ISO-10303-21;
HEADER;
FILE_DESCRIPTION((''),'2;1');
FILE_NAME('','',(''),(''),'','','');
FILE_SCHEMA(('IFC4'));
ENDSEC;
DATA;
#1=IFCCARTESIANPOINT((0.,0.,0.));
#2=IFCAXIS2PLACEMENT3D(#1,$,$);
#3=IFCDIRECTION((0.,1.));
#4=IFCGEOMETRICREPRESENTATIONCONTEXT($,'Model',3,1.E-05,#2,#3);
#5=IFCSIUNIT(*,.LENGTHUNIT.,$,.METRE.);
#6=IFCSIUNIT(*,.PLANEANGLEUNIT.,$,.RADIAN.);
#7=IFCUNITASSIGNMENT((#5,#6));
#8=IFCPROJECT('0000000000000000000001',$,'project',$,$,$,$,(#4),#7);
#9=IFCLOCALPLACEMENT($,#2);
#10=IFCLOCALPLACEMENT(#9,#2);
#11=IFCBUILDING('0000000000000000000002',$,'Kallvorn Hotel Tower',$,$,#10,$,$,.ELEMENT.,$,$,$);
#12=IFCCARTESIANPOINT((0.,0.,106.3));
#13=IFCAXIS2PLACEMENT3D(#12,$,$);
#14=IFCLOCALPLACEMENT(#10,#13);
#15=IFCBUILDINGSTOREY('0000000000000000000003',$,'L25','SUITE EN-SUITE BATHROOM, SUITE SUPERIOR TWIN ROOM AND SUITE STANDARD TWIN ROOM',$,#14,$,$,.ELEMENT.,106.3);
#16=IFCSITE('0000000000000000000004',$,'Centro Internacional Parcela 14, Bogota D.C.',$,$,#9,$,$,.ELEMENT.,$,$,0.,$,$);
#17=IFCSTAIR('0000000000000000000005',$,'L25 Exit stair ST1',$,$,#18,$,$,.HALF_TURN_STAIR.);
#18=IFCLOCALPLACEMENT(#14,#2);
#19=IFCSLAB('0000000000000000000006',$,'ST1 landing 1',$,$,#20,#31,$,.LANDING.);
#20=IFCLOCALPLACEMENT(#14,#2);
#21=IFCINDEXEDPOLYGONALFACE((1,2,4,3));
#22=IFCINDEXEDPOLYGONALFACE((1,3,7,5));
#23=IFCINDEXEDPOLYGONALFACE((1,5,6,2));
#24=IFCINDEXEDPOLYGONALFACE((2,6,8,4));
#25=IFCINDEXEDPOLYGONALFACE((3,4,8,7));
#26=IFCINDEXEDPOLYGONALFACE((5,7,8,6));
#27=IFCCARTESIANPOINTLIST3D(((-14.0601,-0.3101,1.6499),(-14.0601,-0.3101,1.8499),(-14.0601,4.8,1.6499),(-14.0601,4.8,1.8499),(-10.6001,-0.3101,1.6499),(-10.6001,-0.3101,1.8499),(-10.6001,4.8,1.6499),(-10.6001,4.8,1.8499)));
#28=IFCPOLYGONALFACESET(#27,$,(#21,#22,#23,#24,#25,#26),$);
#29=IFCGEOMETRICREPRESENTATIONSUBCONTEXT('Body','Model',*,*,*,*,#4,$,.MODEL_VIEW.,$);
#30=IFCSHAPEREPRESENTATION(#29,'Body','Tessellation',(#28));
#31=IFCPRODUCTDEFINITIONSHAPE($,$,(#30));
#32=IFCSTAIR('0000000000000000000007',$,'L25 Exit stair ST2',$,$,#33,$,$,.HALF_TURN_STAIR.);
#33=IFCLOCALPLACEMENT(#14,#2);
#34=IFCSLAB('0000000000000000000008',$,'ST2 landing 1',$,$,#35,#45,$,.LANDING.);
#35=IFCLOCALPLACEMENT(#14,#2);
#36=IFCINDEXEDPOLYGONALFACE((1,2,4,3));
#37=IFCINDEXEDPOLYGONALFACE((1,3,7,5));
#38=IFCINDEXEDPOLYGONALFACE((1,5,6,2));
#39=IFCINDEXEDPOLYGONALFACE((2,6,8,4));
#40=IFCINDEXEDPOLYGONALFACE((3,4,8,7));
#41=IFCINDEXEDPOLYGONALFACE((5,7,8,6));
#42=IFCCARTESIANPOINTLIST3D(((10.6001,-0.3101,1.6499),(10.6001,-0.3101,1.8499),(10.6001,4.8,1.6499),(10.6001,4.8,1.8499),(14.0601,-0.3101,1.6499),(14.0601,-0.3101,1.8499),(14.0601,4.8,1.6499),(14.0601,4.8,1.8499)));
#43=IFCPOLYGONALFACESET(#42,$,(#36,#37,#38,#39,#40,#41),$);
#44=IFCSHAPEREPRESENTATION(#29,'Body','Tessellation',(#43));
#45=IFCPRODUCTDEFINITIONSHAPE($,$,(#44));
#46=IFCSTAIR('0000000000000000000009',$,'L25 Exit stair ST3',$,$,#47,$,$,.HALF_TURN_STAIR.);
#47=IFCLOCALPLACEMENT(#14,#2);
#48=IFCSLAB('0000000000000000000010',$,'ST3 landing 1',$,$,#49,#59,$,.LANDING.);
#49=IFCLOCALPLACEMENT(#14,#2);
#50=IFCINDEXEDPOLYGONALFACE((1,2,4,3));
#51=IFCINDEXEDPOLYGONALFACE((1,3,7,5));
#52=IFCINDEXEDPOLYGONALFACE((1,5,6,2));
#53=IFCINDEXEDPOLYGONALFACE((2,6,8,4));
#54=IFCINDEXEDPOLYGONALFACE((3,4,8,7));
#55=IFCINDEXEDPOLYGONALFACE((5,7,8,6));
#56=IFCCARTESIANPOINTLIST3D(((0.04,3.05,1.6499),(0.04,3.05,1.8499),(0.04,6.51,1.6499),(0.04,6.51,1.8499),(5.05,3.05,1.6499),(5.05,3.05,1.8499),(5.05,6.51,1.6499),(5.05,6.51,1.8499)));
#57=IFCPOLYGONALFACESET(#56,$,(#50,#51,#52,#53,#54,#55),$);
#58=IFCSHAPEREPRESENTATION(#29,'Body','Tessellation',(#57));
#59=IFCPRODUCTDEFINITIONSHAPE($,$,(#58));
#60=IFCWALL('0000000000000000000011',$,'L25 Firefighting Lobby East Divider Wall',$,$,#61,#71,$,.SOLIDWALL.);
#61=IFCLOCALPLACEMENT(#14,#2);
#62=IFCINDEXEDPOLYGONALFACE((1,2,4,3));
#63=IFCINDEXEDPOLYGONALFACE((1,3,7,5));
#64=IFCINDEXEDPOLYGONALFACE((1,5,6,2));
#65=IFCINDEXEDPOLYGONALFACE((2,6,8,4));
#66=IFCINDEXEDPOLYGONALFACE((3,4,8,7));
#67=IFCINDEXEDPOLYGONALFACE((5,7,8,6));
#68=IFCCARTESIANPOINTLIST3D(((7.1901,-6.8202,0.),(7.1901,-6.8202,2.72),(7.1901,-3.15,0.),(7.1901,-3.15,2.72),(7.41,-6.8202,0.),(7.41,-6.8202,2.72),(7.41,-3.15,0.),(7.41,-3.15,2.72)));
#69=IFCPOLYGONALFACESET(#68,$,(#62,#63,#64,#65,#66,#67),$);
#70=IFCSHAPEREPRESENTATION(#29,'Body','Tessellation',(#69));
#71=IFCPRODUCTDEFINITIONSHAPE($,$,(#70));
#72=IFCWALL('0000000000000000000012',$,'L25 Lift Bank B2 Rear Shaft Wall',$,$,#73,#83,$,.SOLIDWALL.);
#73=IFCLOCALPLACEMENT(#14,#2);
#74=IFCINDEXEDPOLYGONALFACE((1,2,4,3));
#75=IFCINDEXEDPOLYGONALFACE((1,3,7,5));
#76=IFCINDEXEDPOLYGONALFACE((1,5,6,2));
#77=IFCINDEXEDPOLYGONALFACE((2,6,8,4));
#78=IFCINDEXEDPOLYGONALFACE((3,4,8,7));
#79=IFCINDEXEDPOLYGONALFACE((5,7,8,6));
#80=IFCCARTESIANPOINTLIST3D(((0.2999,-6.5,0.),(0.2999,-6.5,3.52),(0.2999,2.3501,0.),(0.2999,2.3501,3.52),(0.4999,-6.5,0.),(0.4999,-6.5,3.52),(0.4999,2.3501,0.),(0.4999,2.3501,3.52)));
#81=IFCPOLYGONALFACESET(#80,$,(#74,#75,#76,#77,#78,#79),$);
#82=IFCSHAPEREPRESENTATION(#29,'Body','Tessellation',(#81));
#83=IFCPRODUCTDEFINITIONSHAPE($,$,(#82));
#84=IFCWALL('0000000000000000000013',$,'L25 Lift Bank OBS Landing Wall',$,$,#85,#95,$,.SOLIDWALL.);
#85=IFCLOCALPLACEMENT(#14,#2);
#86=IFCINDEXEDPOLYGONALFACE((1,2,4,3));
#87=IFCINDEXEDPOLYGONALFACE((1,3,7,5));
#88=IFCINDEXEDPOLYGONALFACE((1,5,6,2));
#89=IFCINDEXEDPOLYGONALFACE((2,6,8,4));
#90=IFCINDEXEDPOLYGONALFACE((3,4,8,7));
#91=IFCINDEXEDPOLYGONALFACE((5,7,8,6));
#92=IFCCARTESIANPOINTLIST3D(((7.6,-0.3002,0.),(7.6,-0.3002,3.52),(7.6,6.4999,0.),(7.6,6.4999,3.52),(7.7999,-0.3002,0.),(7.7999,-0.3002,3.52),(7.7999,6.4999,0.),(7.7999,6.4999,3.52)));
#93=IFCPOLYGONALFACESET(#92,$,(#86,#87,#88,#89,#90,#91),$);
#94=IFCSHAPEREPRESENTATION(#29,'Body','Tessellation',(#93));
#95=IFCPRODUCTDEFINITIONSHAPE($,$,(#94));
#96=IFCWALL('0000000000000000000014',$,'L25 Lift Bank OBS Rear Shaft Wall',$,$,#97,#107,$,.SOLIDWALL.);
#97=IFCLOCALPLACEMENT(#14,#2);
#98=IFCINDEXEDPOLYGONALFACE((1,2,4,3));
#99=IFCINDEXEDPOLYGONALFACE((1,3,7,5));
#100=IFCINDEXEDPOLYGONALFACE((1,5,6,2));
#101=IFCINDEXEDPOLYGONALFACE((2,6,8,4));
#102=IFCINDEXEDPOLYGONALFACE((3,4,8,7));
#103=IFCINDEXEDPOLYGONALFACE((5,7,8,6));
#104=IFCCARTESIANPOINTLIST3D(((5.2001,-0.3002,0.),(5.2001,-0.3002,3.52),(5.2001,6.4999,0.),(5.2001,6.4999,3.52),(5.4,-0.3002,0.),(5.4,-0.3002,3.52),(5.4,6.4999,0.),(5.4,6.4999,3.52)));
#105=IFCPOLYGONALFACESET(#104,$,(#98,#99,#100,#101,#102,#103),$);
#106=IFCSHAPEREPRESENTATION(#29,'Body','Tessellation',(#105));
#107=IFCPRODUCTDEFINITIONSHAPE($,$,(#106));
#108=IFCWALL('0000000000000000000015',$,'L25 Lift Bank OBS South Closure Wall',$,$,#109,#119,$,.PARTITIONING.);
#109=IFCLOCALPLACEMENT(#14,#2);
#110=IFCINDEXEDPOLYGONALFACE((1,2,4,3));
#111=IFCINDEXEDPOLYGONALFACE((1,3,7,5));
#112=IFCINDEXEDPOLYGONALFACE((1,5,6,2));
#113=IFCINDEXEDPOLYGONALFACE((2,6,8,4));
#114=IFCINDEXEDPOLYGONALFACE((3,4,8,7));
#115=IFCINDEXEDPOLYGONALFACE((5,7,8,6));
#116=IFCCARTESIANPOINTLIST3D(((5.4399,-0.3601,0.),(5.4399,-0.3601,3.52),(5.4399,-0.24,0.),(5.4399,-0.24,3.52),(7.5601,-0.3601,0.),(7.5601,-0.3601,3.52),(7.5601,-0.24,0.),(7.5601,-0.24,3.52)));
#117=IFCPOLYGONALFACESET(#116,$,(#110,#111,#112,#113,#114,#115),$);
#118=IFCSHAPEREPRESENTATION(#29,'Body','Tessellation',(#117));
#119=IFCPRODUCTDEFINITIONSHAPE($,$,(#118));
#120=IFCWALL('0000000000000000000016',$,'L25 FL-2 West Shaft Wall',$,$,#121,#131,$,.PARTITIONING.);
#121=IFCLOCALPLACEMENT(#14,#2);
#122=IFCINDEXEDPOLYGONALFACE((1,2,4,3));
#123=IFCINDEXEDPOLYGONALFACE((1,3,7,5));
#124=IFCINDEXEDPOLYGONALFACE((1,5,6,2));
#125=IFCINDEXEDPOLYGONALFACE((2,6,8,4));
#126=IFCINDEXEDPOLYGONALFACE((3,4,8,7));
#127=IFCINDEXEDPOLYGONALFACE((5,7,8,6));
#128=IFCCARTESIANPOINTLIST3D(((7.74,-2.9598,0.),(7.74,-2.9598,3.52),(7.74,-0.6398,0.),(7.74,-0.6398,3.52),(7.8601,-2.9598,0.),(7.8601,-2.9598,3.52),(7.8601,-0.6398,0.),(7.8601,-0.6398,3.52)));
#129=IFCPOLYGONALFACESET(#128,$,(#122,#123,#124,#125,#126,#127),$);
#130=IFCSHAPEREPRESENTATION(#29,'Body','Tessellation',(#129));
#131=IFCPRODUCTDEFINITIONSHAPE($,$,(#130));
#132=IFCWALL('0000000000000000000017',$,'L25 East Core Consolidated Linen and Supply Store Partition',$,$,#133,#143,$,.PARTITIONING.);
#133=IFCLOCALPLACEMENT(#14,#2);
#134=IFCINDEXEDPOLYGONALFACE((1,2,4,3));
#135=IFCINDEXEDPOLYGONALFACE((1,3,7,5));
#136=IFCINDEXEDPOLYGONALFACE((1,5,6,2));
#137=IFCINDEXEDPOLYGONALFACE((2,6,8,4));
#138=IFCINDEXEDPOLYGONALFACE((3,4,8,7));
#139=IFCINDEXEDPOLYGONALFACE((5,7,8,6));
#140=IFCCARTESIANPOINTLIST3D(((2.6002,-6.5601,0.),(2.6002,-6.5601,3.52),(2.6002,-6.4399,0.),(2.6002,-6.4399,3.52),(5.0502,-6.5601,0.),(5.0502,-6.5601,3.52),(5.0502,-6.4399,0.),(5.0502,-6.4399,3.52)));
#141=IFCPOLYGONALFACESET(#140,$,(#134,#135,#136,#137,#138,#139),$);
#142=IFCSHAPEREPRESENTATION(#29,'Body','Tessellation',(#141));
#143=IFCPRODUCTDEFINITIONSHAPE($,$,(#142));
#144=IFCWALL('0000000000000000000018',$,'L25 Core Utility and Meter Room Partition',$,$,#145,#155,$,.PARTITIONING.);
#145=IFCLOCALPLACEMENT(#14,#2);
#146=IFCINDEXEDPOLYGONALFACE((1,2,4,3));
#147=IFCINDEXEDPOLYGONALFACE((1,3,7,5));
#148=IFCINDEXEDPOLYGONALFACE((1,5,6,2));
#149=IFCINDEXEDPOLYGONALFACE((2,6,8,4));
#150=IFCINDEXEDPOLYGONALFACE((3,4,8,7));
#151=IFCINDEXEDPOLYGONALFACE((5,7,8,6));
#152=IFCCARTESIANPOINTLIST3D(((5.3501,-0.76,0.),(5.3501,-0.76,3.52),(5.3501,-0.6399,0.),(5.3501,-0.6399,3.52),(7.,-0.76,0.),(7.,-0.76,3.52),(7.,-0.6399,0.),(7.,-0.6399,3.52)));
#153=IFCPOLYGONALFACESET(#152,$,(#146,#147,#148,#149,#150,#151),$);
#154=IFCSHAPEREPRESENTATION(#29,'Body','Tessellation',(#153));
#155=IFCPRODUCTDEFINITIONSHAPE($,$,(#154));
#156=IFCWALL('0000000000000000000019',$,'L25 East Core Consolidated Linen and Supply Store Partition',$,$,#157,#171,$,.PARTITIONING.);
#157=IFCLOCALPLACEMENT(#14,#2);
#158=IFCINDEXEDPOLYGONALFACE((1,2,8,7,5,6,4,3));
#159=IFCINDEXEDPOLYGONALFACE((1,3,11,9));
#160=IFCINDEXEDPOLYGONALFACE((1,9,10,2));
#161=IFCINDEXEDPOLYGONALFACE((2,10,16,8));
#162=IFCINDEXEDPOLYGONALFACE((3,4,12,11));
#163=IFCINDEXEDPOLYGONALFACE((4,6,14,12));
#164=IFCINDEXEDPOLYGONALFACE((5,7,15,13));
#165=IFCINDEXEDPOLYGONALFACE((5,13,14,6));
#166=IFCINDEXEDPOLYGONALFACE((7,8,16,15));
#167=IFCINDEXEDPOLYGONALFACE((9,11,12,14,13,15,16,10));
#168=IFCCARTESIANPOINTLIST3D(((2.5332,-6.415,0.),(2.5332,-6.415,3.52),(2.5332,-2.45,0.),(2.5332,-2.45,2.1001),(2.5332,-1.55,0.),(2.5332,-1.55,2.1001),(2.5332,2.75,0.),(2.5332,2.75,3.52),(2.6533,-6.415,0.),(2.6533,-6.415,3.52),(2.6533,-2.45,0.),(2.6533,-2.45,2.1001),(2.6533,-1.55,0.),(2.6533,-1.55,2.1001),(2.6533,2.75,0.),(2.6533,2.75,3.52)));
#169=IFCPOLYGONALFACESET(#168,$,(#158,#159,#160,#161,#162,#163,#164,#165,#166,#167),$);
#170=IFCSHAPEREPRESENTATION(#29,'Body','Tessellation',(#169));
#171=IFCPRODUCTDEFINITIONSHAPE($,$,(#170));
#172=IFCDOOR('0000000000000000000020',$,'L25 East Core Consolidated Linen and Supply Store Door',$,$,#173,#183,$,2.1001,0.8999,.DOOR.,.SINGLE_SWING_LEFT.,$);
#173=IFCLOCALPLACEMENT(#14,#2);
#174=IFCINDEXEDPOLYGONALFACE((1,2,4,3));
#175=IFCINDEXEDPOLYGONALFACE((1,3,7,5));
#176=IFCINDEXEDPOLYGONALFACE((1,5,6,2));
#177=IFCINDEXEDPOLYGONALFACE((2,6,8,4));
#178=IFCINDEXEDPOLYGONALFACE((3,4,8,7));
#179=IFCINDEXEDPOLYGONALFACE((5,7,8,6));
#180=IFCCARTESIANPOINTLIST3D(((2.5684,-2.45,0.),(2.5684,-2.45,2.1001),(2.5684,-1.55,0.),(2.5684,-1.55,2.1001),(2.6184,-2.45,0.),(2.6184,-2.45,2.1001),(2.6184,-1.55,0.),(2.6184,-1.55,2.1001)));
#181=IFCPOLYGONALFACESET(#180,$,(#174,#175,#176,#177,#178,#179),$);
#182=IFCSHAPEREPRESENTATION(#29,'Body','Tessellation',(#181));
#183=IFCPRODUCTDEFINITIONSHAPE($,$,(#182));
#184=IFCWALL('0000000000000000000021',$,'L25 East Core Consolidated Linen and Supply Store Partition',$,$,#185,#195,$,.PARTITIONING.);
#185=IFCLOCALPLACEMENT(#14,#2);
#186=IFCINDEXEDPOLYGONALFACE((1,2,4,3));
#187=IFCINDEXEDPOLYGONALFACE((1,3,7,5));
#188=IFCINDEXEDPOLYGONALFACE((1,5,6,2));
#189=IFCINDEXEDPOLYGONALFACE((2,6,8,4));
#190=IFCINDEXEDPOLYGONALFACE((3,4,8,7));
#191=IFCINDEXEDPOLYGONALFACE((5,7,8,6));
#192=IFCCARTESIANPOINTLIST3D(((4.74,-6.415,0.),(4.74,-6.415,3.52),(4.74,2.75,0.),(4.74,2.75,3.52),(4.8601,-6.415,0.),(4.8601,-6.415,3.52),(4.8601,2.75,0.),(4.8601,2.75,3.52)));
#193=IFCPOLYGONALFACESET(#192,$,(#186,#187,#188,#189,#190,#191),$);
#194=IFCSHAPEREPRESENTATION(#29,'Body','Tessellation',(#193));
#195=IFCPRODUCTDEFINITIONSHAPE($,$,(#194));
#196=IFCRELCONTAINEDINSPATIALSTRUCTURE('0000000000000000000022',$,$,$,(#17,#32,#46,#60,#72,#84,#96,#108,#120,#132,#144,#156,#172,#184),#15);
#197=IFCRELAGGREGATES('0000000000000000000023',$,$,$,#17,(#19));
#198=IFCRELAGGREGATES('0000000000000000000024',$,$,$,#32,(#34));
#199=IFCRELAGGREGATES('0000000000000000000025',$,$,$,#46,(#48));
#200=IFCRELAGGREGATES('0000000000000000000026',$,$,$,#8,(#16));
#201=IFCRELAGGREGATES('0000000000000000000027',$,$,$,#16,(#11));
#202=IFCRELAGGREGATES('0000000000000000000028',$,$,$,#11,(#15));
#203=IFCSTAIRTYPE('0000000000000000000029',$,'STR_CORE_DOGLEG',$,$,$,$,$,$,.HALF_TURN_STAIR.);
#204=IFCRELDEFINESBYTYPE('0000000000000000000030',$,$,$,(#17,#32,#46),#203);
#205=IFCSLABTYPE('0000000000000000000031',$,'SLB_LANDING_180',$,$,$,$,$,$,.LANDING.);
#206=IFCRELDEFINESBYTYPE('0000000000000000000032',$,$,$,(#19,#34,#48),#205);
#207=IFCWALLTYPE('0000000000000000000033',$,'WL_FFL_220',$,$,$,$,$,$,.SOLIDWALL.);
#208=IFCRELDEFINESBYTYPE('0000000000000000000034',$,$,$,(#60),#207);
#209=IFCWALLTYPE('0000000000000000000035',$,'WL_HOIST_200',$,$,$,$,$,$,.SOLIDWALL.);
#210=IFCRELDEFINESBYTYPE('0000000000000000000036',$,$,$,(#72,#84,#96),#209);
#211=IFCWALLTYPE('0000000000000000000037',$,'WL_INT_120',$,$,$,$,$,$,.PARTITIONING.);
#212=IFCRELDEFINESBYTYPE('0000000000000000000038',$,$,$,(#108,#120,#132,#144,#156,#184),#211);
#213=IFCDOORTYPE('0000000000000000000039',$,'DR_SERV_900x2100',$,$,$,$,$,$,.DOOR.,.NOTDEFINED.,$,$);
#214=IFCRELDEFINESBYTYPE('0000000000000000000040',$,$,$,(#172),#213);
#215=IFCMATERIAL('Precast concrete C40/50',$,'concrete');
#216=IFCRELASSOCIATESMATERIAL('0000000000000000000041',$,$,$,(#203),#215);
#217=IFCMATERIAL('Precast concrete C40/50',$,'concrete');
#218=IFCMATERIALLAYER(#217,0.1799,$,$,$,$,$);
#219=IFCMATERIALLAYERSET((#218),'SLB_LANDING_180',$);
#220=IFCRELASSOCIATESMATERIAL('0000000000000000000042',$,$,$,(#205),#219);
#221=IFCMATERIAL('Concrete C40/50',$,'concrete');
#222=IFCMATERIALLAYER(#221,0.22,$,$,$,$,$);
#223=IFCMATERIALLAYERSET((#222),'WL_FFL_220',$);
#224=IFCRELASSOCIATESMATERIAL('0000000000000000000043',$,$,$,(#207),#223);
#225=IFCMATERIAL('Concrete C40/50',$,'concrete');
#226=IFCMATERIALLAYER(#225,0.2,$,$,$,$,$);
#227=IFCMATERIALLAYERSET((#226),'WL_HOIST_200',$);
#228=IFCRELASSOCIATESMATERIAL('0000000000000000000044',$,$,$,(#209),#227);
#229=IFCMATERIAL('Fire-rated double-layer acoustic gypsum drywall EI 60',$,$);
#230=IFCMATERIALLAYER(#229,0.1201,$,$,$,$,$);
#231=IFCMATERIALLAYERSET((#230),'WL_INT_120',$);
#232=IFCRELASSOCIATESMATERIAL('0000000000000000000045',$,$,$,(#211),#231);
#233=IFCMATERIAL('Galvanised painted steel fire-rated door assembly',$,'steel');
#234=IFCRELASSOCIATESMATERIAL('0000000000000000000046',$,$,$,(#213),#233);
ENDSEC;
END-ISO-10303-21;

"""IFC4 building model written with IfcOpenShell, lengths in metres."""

from ifc_helpers import new_model, si_unit, direction, frame, frame_2d, origin, place, context, subcontext, project, spatial, polyline, rectangle, outline, extrude, material, layer, layer_set, type_object, element, fill, aggregate, save


model = new_model("IFC4")

# Units and contexts
model_context = context("Model", 3, precision=1e-05, world=origin(), true_north=direction((0.0, 1.0)))
body_context = subcontext(model_context, "Body", "Model", "MODEL_VIEW")
ifc_project = project(units=[si_unit("LENGTHUNIT", "METRE"), si_unit("PLANEANGLEUNIT", "RADIAN")], contexts=[model_context])

# Site, building, storey
site_placement = place(None, origin())
site = spatial("IfcSite", under=ifc_project, at=site_placement, Name="Centro Internacional Parcela 14, Bogota D.C.", CompositionType="ELEMENT", RefElevation=0.0)
building_placement = place(site_placement, origin())
building = spatial("IfcBuilding", under=site, at=building_placement, Name="Kallvorn Hotel Tower", CompositionType="ELEMENT")
storey_placement = place(building_placement, frame((0.0, 0.0, 106.3)))
storey = spatial("IfcBuildingStorey", under=building, at=storey_placement, Name="L25", Description="SUITE EN-SUITE BATHROOM, SUITE SUPERIOR TWIN ROOM AND SUITE STANDARD TWIN ROOM", CompositionType="ELEMENT", Elevation=106.3)

# Stairs, slabs
ifc_material_1 = material(Name="Precast concrete C40/50", Category="concrete")
stair_type = type_object("IfcStairType", Name="STR_CORE_DOGLEG", PredefinedType="HALF_TURN_STAIR", material=ifc_material_1)
stair_1_placement = place(storey_placement, origin())
stair_1 = element("IfcStair", 1, at=stair_1_placement, inside=storey, type_object=stair_type, Name="L25 Exit stair ST1", PredefinedType="HALF_TURN_STAIR")
ifc_material_2 = material(Name="Precast concrete C40/50", Category="concrete")
ifc_layer_1 = layer(ifc_material_2, 0.1799)
ifc_layer_set_1 = layer_set([ifc_layer_1], Name="SLB_LANDING_180")
slab_type = type_object("IfcSlabType", Name="SLB_LANDING_180", PredefinedType="LANDING", material=ifc_layer_set_1)
slab_1_placement = place(storey_placement, frame((0.0, 0.0, 1.6499)))
slab_1 = element("IfcSlab", 2, at=slab_1_placement, type_object=slab_type, Name="ST1 landing 1", PredefinedType="LANDING", context=body_context, shape_type="SweptSolid", body=[
    extrude(outline(polyline([(-10.6001, -0.3101), (-10.6001, 4.8), (-14.0601, 4.8), (-14.0601, -0.3101), (-10.6001, -0.3101)])), origin(), (0.0, 0.0, 1.0), 0.2),
])
aggregate(stair_1, [slab_1])
stair_2_placement = place(storey_placement, origin())
stair_2 = element("IfcStair", 3, at=stair_2_placement, inside=storey, type_object=stair_type, Name="L25 Exit stair ST2", PredefinedType="HALF_TURN_STAIR")
slab_2_placement = place(storey_placement, frame((0.0, 0.0, 1.6499)))
slab_2 = element("IfcSlab", 4, at=slab_2_placement, type_object=slab_type, Name="ST2 landing 1", PredefinedType="LANDING", context=body_context, shape_type="SweptSolid", body=[
    extrude(outline(polyline([(14.0601, -0.3101), (14.0601, 4.8), (10.6001, 4.8), (10.6001, -0.3101), (14.0601, -0.3101)])), origin(), (0.0, 0.0, 1.0), 0.2),
])
aggregate(stair_2, [slab_2])
stair_3_placement = place(storey_placement, origin())
stair_3 = element("IfcStair", 5, at=stair_3_placement, inside=storey, type_object=stair_type, Name="L25 Exit stair ST3", PredefinedType="HALF_TURN_STAIR")
slab_3_placement = place(storey_placement, frame((0.0, 0.0, 1.6499)))
slab_3 = element("IfcSlab", 6, at=slab_3_placement, type_object=slab_type, Name="ST3 landing 1", PredefinedType="LANDING", context=body_context, shape_type="SweptSolid", body=[
    extrude(outline(polyline([(0.04, 3.05), (5.05, 3.05), (5.05, 6.51), (0.04, 6.51), (0.04, 3.05)])), origin(), (0.0, 0.0, 1.0), 0.2),
])
aggregate(stair_3, [slab_3])

# Walls
ifc_material_3 = material(Name="Concrete C40/50", Category="concrete")
ifc_layer_2 = layer(ifc_material_3, 0.22)
ifc_layer_set_2 = layer_set([ifc_layer_2], Name="WL_FFL_220")
wall_type_1 = type_object("IfcWallType", Name="WL_FFL_220", PredefinedType="SOLIDWALL", material=ifc_layer_set_2)
wall_1_placement = place(storey_placement, frame((7.3, -6.8201, 0.0), z_axis=(0.0, 0.0, 1.0), x_axis=(0.0, 1.0, 0.0)))
element("IfcWall", 7, at=wall_1_placement, inside=storey, type_object=wall_type_1, Name="L25 Firefighting Lobby East Divider Wall", PredefinedType="SOLIDWALL", context=body_context, shape_type="SweptSolid", body=[
    extrude(rectangle(XDim=3.6702, YDim=0.22, at=frame_2d((1.835, 0.0))), origin(), (0.0, 0.0, 1.0), 2.72),
])
ifc_material_4 = material(Name="Concrete C40/50", Category="concrete")
ifc_layer_3 = layer(ifc_material_4, 0.2)
ifc_layer_set_3 = layer_set([ifc_layer_3], Name="WL_HOIST_200")
wall_type_2 = type_object("IfcWallType", Name="WL_HOIST_200", PredefinedType="SOLIDWALL", material=ifc_layer_set_3)
wall_2_placement = place(storey_placement, frame((0.3999, -6.5, 0.0), z_axis=(0.0, 0.0, 1.0), x_axis=(0.0, 1.0, 0.0)))
element("IfcWall", 8, at=wall_2_placement, inside=storey, type_object=wall_type_2, Name="L25 Lift Bank B2 Rear Shaft Wall", PredefinedType="SOLIDWALL", context=body_context, shape_type="SweptSolid", body=[
    extrude(rectangle(XDim=8.8501, YDim=0.2, at=frame_2d((4.425, 0.0))), origin(), (0.0, 0.0, 1.0), 3.52),
])
for number, where, z_axis, x_axis, name in (
    (9, (7.7, -0.3, 0.0), (0.0, 0.0, 1.0), (0.0, 1.0, 0.0), "L25 Lift Bank OBS Landing Wall"),
    (10, (5.3, -0.3, 0.0), (0.0, 0.0, 1.0), (0.0, 1.0, 0.0), "L25 Lift Bank OBS Rear Shaft Wall"),
):
    element("IfcWall", number, at=place(storey_placement, frame(where, z_axis=z_axis, x_axis=x_axis)), inside=storey, type_object=wall_type_2, Name=name, PredefinedType="SOLIDWALL", context=body_context, shape_type="SweptSolid", body=[
        extrude(rectangle(XDim=6.8, YDim=0.2, at=frame_2d((3.3999, 0.0))), origin(), (0.0, 0.0, 1.0), 3.52),
    ])
ifc_material_5 = material(Name="Fire-rated double-layer acoustic gypsum drywall EI 60")
ifc_layer_4 = layer(ifc_material_5, 0.1201)
ifc_layer_set_4 = layer_set([ifc_layer_4], Name="WL_INT_120")
wall_type_3 = type_object("IfcWallType", Name="WL_INT_120", PredefinedType="PARTITIONING", material=ifc_layer_set_4)
wall_3_placement = place(storey_placement, frame((5.4399, -0.3, 0.0), z_axis=(0.0, 0.0, 1.0), x_axis=(1.0, 0.0, 0.0)))
element("IfcWall", 11, at=wall_3_placement, inside=storey, type_object=wall_type_3, Name="L25 Lift Bank OBS South Closure Wall", PredefinedType="PARTITIONING", context=body_context, shape_type="SweptSolid", body=[
    extrude(rectangle(XDim=2.1201, YDim=0.1201, at=frame_2d((1.0601, 0.0))), origin(), (0.0, 0.0, 1.0), 3.52),
])
wall_4_placement = place(storey_placement, frame((7.8, -2.96, 0.0), z_axis=(0.0, 0.0, 1.0), x_axis=(0.0, 1.0, 0.0)))
element("IfcWall", 12, at=wall_4_placement, inside=storey, type_object=wall_type_3, Name="L25 FL-2 West Shaft Wall", PredefinedType="PARTITIONING", context=body_context, shape_type="SweptSolid", body=[
    extrude(rectangle(XDim=2.3201, YDim=0.1201, at=frame_2d((1.1602, 0.0))), origin(), (0.0, 0.0, 1.0), 3.52),
])
wall_5_placement = place(storey_placement, frame((2.6001, -6.5, 0.0), z_axis=(0.0, 0.0, 1.0), x_axis=(1.0, 0.0, 0.0)))
element("IfcWall", 13, at=wall_5_placement, inside=storey, type_object=wall_type_3, Name="L25 East Core Consolidated Linen and Supply Store Partition", PredefinedType="PARTITIONING", context=body_context, shape_type="SweptSolid", body=[
    extrude(rectangle(XDim=2.45, YDim=0.1201, at=frame_2d((1.2251, 0.0))), origin(), (0.0, 0.0, 1.0), 3.52),
])
wall_6_placement = place(storey_placement, frame((5.3501, -0.7, 0.0), z_axis=(0.0, 0.0, 1.0), x_axis=(1.0, 0.0, 0.0)))
element("IfcWall", 14, at=wall_6_placement, inside=storey, type_object=wall_type_3, Name="L25 Core Utility and Meter Room Partition", PredefinedType="PARTITIONING", context=body_context, shape_type="SweptSolid", body=[
    extrude(rectangle(XDim=1.6499, YDim=0.1201, at=frame_2d((0.825, 0.0))), origin(), (0.0, 0.0, 1.0), 3.52),
])

# Wall, opening, door
wall_7_placement = place(storey_placement, frame((2.5933, -6.415, 0.0), z_axis=(0.0, 0.0, 1.0), x_axis=(0.0, 1.0, 0.0)))
wall_7 = element("IfcWall", 15, at=wall_7_placement, inside=storey, type_object=wall_type_3, Name="L25 East Core Consolidated Linen and Supply Store Partition", PredefinedType="PARTITIONING", context=body_context, shape_type="SweptSolid", body=[
    extrude(rectangle(XDim=9.165, YDim=0.1201, at=frame_2d((4.5825, 0.0))), origin(), (0.0, 0.0, 1.0), 3.52),
])
opening_1_placement = place(wall_7_placement, frame((3.9651, 0.0, 0.0)))
opening_1 = element("IfcOpeningElement", 16, at=opening_1_placement, cuts=wall_7, PredefinedType="OPENING", context=body_context, shape_type="SweptSolid", body=[
    extrude(rectangle(XDim=0.8999, YDim=2.1001, at=frame_2d((0.45, 1.05))), frame((0.0, 0.075, 0.0), z_axis=(0.0, -1.0, 0.0), x_axis=(1.0, 0.0, 0.0)), (0.0, 0.0, 1.0), 0.1501),
])
ifc_material_6 = material(Name="Galvanised painted steel fire-rated door assembly", Category="steel")
door_type_1 = type_object("IfcDoorType", Name="DR_SERV_900x2100", OperationType="NOTDEFINED", PredefinedType="DOOR", material=ifc_material_6)
door_1_placement = place(opening_1_placement, origin())
door_1 = element("IfcDoor", 17, at=door_1_placement, inside=storey, type_object=door_type_1, Name="L25 East Core Consolidated Linen and Supply Store Door", OperationType="SINGLE_SWING_LEFT", OverallHeight=2.1001, OverallWidth=0.8999, PredefinedType="DOOR", context=body_context, shape_type="SweptSolid", body=[
    extrude(rectangle(XDim=0.8999, YDim=2.1001, at=frame_2d((0.45, 1.05))), frame((0.0, 0.0249, 0.0), z_axis=(0.0, -1.0, 0.0), x_axis=(1.0, 0.0, 0.0)), (0.0, 0.0, 1.0), 0.05),
])
fill(opening_1, door_1)

# Wall
wall_8_placement = place(storey_placement, frame((4.8, -6.415, 0.0), z_axis=(0.0, 0.0, 1.0), x_axis=(0.0, 1.0, 0.0)))
element("IfcWall", 18, at=wall_8_placement, inside=storey, type_object=wall_type_3, Name="L25 East Core Consolidated Linen and Supply Store Partition", PredefinedType="PARTITIONING", context=body_context, shape_type="SweptSolid", body=[
    extrude(rectangle(XDim=9.165, YDim=0.1201, at=frame_2d((4.5825, 0.0))), origin(), (0.0, 0.0, 1.0), 3.52),
])

save(model, "model.ifc")
